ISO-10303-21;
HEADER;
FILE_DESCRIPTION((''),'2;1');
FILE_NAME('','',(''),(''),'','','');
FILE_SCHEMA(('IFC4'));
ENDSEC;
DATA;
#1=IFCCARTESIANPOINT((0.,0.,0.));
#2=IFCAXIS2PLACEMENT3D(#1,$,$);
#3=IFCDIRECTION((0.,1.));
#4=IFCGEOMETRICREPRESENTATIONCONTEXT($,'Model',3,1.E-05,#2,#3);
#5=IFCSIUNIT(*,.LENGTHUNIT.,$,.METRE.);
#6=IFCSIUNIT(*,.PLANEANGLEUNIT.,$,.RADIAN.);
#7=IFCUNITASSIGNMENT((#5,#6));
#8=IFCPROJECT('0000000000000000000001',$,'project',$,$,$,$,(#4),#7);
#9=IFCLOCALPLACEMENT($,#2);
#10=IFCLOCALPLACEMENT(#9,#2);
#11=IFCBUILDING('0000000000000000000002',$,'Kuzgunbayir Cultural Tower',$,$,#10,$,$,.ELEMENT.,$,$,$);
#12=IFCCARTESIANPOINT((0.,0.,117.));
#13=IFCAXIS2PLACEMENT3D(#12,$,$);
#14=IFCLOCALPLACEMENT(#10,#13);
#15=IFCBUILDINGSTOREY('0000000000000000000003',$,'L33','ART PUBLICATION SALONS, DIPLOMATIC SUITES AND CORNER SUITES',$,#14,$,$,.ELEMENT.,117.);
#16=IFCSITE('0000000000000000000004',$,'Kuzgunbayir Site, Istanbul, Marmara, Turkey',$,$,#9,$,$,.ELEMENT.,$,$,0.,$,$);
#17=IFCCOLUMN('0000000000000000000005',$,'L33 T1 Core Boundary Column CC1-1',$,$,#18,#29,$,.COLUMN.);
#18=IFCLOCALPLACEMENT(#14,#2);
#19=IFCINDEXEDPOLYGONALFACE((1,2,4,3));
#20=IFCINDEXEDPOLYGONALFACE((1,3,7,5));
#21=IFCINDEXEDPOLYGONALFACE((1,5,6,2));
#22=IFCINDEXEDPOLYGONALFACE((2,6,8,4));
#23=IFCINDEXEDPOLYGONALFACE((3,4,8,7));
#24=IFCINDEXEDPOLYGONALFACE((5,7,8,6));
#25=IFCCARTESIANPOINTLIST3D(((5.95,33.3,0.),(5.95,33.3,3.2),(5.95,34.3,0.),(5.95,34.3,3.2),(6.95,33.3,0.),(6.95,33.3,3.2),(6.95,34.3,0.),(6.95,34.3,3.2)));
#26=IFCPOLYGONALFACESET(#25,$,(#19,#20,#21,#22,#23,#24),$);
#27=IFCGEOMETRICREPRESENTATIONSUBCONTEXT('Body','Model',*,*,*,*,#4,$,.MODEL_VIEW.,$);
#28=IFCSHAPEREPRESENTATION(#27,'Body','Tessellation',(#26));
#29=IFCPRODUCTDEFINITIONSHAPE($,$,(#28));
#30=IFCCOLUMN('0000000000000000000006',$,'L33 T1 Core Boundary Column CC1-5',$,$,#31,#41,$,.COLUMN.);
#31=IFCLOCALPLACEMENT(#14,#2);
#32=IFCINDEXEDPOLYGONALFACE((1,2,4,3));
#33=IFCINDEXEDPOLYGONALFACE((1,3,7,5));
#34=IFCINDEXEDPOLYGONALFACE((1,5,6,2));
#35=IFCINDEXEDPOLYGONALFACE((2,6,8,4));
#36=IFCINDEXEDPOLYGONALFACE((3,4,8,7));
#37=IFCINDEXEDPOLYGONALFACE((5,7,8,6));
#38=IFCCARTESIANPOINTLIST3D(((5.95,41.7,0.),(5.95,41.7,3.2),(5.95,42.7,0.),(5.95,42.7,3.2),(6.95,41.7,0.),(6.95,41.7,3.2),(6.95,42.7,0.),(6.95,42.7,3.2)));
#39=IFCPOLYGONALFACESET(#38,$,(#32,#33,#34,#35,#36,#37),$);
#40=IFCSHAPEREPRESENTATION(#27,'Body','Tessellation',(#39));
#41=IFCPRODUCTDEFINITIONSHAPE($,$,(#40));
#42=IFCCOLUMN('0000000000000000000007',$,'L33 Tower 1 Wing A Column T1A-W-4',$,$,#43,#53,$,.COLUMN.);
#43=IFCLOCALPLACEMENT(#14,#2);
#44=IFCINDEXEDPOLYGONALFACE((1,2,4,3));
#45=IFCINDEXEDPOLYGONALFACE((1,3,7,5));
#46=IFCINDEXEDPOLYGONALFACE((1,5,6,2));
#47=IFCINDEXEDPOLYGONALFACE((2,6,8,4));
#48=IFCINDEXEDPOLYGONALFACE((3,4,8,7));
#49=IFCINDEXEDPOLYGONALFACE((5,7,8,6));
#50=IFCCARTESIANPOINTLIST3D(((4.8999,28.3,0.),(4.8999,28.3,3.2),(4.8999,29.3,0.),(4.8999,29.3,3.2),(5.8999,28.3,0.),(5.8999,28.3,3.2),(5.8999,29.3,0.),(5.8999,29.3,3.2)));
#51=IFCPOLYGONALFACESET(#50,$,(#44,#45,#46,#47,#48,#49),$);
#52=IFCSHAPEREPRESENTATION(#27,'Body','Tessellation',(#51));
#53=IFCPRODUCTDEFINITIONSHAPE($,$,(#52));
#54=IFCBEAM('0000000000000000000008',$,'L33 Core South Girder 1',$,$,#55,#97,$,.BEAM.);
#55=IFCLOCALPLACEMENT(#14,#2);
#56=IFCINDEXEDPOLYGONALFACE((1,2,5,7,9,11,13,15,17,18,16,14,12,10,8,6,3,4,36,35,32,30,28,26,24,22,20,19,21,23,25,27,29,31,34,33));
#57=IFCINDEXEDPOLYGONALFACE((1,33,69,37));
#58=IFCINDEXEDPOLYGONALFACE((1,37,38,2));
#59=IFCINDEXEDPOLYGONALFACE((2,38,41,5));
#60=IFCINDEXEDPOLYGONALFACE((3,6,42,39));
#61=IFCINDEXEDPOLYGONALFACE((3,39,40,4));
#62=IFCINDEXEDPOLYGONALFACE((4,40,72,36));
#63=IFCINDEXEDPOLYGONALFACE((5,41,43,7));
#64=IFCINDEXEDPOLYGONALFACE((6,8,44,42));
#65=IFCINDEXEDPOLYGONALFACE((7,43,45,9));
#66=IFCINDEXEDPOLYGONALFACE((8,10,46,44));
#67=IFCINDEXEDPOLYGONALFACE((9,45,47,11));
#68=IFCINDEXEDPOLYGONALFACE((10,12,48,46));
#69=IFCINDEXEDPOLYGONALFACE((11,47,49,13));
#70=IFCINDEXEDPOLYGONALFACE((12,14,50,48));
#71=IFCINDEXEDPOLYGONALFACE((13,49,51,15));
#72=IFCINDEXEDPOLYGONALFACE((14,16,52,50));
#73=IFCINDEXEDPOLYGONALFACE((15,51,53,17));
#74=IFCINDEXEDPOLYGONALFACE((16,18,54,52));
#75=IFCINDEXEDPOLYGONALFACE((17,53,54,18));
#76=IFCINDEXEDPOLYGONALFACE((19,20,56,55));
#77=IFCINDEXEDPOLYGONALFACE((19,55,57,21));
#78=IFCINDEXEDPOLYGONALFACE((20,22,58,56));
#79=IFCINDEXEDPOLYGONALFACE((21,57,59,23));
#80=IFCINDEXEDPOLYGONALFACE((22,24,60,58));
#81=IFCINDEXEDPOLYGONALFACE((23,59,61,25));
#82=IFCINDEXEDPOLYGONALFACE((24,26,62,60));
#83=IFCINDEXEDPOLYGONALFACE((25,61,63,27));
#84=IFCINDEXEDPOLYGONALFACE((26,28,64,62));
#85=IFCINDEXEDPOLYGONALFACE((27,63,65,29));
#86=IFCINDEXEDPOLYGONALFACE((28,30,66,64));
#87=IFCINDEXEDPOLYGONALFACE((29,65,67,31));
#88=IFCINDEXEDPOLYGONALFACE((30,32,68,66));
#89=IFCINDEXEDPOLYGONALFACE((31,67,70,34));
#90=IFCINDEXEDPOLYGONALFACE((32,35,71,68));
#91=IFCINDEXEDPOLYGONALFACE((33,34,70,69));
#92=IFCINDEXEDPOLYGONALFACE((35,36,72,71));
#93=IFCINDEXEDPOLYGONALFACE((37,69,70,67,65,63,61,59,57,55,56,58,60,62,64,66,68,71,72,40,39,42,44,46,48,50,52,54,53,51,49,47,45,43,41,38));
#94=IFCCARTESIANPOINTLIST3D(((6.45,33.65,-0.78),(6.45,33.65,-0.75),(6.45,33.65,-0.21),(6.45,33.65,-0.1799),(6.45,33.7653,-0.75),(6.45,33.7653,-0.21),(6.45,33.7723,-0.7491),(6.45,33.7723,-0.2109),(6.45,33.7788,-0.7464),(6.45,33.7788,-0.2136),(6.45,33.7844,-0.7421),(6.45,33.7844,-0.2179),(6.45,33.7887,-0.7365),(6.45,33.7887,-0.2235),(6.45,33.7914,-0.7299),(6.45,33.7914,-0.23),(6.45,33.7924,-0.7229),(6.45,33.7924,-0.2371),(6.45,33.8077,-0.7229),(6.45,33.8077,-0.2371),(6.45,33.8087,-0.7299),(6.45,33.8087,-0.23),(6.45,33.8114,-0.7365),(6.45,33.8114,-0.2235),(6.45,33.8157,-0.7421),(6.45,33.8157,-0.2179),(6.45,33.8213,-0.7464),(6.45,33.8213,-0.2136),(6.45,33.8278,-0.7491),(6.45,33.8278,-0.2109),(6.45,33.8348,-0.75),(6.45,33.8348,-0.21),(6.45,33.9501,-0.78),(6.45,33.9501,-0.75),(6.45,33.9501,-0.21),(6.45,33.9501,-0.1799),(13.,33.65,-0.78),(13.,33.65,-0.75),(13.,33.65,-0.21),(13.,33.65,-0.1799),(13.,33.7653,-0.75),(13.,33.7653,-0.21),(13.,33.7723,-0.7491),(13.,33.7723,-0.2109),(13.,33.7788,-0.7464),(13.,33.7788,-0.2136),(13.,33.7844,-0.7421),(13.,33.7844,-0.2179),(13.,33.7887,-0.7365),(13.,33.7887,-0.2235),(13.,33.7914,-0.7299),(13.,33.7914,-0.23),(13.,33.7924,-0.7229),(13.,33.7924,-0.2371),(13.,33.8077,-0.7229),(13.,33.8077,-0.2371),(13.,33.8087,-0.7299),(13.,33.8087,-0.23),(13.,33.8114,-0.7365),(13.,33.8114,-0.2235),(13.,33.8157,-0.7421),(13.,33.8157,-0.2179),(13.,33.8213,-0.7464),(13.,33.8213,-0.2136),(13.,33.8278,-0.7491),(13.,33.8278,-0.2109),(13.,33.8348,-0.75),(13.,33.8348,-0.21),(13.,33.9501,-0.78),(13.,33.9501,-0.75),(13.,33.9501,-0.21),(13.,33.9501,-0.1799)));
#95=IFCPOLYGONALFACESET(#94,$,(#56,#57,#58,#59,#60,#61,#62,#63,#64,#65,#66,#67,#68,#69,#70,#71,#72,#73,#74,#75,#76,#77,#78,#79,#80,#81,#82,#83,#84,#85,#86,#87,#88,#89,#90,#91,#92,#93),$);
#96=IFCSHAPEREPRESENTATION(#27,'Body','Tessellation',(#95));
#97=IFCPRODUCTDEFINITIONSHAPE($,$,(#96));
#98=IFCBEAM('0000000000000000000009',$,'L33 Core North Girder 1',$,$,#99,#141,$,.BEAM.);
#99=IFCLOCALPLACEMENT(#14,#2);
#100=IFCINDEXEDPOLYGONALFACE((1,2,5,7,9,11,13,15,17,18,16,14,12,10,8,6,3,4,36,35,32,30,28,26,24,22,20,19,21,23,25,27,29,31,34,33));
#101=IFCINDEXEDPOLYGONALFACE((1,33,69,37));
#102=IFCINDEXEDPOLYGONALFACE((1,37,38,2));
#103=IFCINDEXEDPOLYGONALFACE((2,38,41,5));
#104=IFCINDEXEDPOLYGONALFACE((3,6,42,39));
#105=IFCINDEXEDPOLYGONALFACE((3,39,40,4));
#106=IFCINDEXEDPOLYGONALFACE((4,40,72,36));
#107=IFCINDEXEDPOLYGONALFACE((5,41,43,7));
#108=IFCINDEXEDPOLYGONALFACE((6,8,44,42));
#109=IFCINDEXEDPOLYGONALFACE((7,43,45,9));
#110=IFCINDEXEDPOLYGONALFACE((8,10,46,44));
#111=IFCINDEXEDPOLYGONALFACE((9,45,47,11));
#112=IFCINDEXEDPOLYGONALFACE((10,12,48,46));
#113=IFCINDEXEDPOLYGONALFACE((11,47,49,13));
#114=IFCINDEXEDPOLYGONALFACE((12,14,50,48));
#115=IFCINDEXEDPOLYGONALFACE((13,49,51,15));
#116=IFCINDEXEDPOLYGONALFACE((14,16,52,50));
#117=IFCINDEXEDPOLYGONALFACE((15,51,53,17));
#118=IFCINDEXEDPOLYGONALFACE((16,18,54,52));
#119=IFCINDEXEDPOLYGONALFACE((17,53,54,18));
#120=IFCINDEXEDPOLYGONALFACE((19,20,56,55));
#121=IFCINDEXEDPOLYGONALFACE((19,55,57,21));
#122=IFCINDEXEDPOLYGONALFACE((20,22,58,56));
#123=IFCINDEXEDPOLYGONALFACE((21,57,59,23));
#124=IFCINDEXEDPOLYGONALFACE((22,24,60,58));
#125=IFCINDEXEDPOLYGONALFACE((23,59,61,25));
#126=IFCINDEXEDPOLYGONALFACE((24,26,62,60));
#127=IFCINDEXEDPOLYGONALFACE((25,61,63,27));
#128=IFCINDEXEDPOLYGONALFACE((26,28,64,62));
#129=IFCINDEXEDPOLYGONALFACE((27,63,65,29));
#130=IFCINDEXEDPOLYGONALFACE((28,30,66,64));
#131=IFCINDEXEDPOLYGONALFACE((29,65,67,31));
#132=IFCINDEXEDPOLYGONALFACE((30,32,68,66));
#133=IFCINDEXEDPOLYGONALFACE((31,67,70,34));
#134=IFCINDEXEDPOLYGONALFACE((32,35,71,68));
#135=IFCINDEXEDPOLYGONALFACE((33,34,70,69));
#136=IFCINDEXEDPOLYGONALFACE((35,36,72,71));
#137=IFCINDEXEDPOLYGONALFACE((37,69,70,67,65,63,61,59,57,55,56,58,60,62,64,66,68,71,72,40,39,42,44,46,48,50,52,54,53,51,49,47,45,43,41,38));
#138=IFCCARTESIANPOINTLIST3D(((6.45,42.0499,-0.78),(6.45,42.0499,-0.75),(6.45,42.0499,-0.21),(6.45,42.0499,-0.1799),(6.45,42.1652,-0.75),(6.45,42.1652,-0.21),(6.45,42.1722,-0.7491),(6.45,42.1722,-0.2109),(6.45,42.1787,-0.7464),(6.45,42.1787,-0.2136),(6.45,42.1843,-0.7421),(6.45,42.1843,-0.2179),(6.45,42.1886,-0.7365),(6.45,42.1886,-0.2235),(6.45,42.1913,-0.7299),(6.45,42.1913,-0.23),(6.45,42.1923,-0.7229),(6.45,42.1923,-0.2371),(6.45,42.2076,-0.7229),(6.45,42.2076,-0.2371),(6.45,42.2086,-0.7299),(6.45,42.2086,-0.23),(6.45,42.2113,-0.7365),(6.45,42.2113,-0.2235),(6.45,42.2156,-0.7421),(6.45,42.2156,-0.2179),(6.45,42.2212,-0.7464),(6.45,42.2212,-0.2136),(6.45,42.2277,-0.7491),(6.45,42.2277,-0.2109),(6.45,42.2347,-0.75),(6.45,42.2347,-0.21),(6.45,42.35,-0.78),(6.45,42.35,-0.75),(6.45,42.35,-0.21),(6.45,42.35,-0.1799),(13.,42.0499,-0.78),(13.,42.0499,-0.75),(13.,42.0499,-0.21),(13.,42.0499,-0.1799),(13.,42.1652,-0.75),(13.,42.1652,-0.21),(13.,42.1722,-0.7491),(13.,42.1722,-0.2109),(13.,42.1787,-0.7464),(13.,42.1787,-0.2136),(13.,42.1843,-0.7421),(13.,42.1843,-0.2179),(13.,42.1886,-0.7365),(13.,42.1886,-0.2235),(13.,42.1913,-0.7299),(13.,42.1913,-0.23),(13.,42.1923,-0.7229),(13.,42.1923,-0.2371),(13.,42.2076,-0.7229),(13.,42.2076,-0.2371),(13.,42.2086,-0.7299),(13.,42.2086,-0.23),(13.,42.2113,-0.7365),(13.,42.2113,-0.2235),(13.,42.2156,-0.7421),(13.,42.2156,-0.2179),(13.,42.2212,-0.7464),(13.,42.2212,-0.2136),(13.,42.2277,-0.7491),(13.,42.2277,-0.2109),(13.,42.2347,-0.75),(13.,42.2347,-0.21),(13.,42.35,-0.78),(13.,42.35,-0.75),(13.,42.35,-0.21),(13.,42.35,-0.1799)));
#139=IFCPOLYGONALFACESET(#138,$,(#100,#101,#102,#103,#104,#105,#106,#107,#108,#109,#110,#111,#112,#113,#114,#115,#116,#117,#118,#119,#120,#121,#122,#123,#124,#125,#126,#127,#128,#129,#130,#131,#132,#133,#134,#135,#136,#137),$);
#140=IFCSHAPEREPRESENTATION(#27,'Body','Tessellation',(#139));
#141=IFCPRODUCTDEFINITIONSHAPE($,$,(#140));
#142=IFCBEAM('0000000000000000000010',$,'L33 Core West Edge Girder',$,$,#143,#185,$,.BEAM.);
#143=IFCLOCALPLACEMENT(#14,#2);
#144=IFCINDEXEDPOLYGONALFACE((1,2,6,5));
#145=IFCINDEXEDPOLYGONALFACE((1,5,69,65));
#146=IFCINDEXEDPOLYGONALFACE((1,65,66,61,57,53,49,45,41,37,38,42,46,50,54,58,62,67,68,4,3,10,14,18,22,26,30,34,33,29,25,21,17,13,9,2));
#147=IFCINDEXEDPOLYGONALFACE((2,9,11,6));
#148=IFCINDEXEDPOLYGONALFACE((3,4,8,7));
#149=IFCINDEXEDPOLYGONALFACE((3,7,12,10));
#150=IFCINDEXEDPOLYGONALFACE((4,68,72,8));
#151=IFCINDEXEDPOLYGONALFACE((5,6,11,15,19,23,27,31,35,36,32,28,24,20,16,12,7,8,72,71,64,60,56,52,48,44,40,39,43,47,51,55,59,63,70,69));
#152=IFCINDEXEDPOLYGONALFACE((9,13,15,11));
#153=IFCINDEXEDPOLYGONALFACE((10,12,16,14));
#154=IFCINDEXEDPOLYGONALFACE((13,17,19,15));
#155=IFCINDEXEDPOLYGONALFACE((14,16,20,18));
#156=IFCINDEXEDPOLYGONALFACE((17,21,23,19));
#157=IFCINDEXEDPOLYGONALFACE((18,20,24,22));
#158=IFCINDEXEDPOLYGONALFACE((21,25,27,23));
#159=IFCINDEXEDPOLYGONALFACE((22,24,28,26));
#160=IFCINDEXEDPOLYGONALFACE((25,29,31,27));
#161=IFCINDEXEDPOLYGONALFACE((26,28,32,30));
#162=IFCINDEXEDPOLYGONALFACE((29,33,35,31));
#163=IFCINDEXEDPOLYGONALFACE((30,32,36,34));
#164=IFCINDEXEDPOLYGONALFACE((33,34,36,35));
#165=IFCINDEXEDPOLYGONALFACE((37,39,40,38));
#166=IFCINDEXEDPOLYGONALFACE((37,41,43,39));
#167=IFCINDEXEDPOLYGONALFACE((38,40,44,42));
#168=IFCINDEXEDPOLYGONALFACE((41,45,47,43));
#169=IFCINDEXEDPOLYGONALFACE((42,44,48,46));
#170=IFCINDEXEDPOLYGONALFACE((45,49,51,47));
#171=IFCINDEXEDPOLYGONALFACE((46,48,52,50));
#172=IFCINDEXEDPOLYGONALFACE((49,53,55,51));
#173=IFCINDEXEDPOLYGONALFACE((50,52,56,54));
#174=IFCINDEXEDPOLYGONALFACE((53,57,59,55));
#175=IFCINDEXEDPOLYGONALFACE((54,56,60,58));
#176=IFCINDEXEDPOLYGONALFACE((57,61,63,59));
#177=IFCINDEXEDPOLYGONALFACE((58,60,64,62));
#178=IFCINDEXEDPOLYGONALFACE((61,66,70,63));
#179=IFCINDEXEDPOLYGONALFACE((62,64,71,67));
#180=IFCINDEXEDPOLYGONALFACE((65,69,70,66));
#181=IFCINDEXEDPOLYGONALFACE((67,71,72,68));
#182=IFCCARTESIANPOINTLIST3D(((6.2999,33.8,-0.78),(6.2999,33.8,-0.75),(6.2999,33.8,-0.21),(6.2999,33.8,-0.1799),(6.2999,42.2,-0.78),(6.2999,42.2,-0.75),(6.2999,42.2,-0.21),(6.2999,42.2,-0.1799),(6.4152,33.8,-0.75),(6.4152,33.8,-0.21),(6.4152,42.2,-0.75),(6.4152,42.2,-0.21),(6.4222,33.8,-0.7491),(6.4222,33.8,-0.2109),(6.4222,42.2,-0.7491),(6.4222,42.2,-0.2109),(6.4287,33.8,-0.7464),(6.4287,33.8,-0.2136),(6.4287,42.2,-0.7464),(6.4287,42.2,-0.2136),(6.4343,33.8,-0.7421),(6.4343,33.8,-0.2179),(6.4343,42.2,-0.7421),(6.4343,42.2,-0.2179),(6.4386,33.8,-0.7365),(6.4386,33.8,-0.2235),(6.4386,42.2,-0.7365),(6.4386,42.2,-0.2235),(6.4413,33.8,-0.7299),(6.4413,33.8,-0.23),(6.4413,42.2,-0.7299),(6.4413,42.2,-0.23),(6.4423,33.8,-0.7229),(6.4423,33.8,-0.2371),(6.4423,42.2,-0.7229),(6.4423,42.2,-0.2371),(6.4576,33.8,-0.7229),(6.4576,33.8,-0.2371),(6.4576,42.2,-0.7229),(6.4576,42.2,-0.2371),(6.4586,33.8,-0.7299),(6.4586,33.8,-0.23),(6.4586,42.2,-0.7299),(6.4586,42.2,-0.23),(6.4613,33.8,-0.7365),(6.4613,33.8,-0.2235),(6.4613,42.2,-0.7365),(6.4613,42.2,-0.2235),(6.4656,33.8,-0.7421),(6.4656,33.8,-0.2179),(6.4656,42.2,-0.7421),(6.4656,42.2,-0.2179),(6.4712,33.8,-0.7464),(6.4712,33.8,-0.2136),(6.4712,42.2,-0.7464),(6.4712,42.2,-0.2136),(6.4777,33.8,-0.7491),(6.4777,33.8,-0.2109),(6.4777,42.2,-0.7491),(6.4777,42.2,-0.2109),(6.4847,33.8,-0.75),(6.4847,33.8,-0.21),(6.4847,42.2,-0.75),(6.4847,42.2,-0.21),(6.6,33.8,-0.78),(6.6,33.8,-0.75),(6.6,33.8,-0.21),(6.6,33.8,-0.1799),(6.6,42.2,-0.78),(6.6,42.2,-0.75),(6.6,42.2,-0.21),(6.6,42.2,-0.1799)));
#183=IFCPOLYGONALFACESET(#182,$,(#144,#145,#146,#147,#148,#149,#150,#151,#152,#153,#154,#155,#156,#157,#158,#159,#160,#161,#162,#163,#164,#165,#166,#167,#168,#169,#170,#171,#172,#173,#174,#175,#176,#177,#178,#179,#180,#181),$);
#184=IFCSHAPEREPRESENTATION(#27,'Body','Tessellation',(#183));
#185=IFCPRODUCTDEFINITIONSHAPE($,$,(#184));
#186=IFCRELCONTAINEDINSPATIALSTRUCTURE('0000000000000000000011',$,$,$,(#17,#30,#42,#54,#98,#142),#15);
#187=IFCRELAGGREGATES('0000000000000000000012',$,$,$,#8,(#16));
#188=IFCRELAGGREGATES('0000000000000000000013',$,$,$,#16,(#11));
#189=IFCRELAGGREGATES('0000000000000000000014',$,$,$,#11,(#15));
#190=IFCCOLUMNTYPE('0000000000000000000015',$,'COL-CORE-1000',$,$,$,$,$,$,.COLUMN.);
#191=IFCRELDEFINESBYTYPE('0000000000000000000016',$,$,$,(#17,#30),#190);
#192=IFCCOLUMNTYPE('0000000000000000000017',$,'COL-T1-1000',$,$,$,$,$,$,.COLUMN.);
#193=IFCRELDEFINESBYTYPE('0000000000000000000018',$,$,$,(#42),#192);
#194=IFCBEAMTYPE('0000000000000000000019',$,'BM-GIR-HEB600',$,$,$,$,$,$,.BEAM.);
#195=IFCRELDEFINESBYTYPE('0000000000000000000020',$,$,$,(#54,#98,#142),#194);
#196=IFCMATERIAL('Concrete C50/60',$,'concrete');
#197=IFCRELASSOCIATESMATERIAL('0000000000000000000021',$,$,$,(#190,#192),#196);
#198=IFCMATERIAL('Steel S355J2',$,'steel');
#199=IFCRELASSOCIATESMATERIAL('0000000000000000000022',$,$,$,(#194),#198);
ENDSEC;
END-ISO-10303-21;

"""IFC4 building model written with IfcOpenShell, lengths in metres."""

from ifc_helpers import new_model, si_unit, direction, frame, origin, origin_2d, place, context, subcontext, project, spatial, rectangle, i_section, extrude, material, material_profile, profile_set, type_object, element, save


model = new_model("IFC4")

# Units and contexts
model_context = context("Model", 3, precision=1e-05, world=origin(), true_north=direction((0.0, 1.0)))
body_context = subcontext(model_context, "Body", "Model", "MODEL_VIEW")
ifc_project = project(units=[si_unit("LENGTHUNIT", "METRE"), si_unit("PLANEANGLEUNIT", "RADIAN")], contexts=[model_context])

# Site, building, storey
site_placement = place(None, origin())
site = spatial("IfcSite", under=ifc_project, at=site_placement, Name="Kuzgunbayir Site, Istanbul, Marmara, Turkey", CompositionType="ELEMENT", RefElevation=0.0)
building_placement = place(site_placement, origin())
building = spatial("IfcBuilding", under=site, at=building_placement, Name="Kuzgunbayir Cultural Tower", CompositionType="ELEMENT")
storey_placement = place(building_placement, frame((0.0, 0.0, 117.0)))
storey = spatial("IfcBuildingStorey", under=building, at=storey_placement, Name="L33", Description="ART PUBLICATION SALONS, DIPLOMATIC SUITES AND CORNER SUITES", CompositionType="ELEMENT", Elevation=117.0)

# Columns
ifc_material_1 = material(Name="Concrete C50/60", Category="concrete")
ifc_material_profile_1 = material_profile(ifc_material_1, rectangle(XDim=1.0, YDim=1.0, at=origin_2d()), Name="RC 1000x1000")
ifc_profile_set_1 = profile_set([ifc_material_profile_1], Name="Concrete C50/60")
column_type_1 = type_object("IfcColumnType", Name="COL-CORE-1000", PredefinedType="COLUMN", material=ifc_profile_set_1)
for number, where, z_axis, x_axis, name in (
    (1, (6.45, 33.8, 0.0), (0.0, 0.0, 1.0), (1.0, 0.0, 0.0), "L33 T1 Core Boundary Column CC1-1"),
    (2, (6.45, 42.2, 0.0), (0.0, 0.0, 1.0), (1.0, 0.0, 0.0), "L33 T1 Core Boundary Column CC1-5"),
):
    element("IfcColumn", number, at=place(storey_placement, frame(where, z_axis=z_axis, x_axis=x_axis)), inside=storey, type_object=column_type_1, Name=name, PredefinedType="COLUMN", context=body_context, shape_type="SweptSolid", body=[
        extrude(rectangle(XDim=1.0, YDim=1.0, at=origin_2d()), origin(), (0.0, 0.0, 1.0), 3.2),
    ])
ifc_material_profile_2 = material_profile(ifc_material_1, rectangle(XDim=1.0, YDim=1.0, at=origin_2d()), Name="RC 1000x1000")
ifc_profile_set_2 = profile_set([ifc_material_profile_2], Name="Concrete C50/60")
column_type_2 = type_object("IfcColumnType", Name="COL-T1-1000", PredefinedType="COLUMN", material=ifc_profile_set_2)
column_placement = place(storey_placement, frame((5.3999, 28.8, 0.0), z_axis=(0.0, 0.0, 1.0), x_axis=(1.0, 0.0, 0.0)))
element("IfcColumn", 3, at=column_placement, inside=storey, type_object=column_type_2, Name="L33 Tower 1 Wing A Column T1A-W-4", PredefinedType="COLUMN", context=body_context, shape_type="SweptSolid", body=[
    extrude(rectangle(XDim=1.0, YDim=1.0, at=origin_2d()), origin(), (0.0, 0.0, 1.0), 3.2),
])

# Beams
ifc_material_2 = material(Name="Steel S355J2", Category="steel")
ifc_material_profile_3 = material_profile(ifc_material_2, i_section(OverallWidth=0.3, OverallDepth=0.6001, WebThickness=0.0154, FlangeThickness=0.03, FilletRadius=0.0271, at=origin_2d()), Name="HEB 600")
ifc_profile_set_3 = profile_set([ifc_material_profile_3], Name="Steel S355J2")
beam_type = type_object("IfcBeamType", Name="BM-GIR-HEB600", PredefinedType="BEAM", material=ifc_profile_set_3)
for number, where, z_axis, x_axis, name in (
    (4, (6.45, 33.8, -0.48), (1.0, 0.0, 0.0), (0.0, 1.0, 0.0), "L33 Core South Girder 1"),
    (5, (6.45, 42.2, -0.48), (1.0, 0.0, 0.0), (0.0, 1.0, 0.0), "L33 Core North Girder 1"),
):
    element("IfcBeam", number, at=place(storey_placement, frame(where, z_axis=z_axis, x_axis=x_axis)), inside=storey, type_object=beam_type, Name=name, PredefinedType="BEAM", context=body_context, shape_type="SweptSolid", body=[
        extrude(i_section(OverallWidth=0.3, OverallDepth=0.6001, WebThickness=0.0154, FlangeThickness=0.03, FilletRadius=0.0271, at=origin_2d()), origin(), (0.0, 0.0, 1.0), 6.55),
    ])
beam_1_placement = place(storey_placement, frame((6.45, 33.8, -0.48), z_axis=(0.0, 1.0, 0.0), x_axis=(-1.0, 0.0, 0.0)))
element("IfcBeam", 6, at=beam_1_placement, inside=storey, type_object=beam_type, Name="L33 Core West Edge Girder", PredefinedType="BEAM", context=body_context, shape_type="SweptSolid", body=[
    extrude(i_section(OverallWidth=0.3, OverallDepth=0.6001, WebThickness=0.0154, FlangeThickness=0.03, FilletRadius=0.0271, at=origin_2d()), origin(), (0.0, 0.0, 1.0), 8.3999),
])

save(model, "model.ifc")
